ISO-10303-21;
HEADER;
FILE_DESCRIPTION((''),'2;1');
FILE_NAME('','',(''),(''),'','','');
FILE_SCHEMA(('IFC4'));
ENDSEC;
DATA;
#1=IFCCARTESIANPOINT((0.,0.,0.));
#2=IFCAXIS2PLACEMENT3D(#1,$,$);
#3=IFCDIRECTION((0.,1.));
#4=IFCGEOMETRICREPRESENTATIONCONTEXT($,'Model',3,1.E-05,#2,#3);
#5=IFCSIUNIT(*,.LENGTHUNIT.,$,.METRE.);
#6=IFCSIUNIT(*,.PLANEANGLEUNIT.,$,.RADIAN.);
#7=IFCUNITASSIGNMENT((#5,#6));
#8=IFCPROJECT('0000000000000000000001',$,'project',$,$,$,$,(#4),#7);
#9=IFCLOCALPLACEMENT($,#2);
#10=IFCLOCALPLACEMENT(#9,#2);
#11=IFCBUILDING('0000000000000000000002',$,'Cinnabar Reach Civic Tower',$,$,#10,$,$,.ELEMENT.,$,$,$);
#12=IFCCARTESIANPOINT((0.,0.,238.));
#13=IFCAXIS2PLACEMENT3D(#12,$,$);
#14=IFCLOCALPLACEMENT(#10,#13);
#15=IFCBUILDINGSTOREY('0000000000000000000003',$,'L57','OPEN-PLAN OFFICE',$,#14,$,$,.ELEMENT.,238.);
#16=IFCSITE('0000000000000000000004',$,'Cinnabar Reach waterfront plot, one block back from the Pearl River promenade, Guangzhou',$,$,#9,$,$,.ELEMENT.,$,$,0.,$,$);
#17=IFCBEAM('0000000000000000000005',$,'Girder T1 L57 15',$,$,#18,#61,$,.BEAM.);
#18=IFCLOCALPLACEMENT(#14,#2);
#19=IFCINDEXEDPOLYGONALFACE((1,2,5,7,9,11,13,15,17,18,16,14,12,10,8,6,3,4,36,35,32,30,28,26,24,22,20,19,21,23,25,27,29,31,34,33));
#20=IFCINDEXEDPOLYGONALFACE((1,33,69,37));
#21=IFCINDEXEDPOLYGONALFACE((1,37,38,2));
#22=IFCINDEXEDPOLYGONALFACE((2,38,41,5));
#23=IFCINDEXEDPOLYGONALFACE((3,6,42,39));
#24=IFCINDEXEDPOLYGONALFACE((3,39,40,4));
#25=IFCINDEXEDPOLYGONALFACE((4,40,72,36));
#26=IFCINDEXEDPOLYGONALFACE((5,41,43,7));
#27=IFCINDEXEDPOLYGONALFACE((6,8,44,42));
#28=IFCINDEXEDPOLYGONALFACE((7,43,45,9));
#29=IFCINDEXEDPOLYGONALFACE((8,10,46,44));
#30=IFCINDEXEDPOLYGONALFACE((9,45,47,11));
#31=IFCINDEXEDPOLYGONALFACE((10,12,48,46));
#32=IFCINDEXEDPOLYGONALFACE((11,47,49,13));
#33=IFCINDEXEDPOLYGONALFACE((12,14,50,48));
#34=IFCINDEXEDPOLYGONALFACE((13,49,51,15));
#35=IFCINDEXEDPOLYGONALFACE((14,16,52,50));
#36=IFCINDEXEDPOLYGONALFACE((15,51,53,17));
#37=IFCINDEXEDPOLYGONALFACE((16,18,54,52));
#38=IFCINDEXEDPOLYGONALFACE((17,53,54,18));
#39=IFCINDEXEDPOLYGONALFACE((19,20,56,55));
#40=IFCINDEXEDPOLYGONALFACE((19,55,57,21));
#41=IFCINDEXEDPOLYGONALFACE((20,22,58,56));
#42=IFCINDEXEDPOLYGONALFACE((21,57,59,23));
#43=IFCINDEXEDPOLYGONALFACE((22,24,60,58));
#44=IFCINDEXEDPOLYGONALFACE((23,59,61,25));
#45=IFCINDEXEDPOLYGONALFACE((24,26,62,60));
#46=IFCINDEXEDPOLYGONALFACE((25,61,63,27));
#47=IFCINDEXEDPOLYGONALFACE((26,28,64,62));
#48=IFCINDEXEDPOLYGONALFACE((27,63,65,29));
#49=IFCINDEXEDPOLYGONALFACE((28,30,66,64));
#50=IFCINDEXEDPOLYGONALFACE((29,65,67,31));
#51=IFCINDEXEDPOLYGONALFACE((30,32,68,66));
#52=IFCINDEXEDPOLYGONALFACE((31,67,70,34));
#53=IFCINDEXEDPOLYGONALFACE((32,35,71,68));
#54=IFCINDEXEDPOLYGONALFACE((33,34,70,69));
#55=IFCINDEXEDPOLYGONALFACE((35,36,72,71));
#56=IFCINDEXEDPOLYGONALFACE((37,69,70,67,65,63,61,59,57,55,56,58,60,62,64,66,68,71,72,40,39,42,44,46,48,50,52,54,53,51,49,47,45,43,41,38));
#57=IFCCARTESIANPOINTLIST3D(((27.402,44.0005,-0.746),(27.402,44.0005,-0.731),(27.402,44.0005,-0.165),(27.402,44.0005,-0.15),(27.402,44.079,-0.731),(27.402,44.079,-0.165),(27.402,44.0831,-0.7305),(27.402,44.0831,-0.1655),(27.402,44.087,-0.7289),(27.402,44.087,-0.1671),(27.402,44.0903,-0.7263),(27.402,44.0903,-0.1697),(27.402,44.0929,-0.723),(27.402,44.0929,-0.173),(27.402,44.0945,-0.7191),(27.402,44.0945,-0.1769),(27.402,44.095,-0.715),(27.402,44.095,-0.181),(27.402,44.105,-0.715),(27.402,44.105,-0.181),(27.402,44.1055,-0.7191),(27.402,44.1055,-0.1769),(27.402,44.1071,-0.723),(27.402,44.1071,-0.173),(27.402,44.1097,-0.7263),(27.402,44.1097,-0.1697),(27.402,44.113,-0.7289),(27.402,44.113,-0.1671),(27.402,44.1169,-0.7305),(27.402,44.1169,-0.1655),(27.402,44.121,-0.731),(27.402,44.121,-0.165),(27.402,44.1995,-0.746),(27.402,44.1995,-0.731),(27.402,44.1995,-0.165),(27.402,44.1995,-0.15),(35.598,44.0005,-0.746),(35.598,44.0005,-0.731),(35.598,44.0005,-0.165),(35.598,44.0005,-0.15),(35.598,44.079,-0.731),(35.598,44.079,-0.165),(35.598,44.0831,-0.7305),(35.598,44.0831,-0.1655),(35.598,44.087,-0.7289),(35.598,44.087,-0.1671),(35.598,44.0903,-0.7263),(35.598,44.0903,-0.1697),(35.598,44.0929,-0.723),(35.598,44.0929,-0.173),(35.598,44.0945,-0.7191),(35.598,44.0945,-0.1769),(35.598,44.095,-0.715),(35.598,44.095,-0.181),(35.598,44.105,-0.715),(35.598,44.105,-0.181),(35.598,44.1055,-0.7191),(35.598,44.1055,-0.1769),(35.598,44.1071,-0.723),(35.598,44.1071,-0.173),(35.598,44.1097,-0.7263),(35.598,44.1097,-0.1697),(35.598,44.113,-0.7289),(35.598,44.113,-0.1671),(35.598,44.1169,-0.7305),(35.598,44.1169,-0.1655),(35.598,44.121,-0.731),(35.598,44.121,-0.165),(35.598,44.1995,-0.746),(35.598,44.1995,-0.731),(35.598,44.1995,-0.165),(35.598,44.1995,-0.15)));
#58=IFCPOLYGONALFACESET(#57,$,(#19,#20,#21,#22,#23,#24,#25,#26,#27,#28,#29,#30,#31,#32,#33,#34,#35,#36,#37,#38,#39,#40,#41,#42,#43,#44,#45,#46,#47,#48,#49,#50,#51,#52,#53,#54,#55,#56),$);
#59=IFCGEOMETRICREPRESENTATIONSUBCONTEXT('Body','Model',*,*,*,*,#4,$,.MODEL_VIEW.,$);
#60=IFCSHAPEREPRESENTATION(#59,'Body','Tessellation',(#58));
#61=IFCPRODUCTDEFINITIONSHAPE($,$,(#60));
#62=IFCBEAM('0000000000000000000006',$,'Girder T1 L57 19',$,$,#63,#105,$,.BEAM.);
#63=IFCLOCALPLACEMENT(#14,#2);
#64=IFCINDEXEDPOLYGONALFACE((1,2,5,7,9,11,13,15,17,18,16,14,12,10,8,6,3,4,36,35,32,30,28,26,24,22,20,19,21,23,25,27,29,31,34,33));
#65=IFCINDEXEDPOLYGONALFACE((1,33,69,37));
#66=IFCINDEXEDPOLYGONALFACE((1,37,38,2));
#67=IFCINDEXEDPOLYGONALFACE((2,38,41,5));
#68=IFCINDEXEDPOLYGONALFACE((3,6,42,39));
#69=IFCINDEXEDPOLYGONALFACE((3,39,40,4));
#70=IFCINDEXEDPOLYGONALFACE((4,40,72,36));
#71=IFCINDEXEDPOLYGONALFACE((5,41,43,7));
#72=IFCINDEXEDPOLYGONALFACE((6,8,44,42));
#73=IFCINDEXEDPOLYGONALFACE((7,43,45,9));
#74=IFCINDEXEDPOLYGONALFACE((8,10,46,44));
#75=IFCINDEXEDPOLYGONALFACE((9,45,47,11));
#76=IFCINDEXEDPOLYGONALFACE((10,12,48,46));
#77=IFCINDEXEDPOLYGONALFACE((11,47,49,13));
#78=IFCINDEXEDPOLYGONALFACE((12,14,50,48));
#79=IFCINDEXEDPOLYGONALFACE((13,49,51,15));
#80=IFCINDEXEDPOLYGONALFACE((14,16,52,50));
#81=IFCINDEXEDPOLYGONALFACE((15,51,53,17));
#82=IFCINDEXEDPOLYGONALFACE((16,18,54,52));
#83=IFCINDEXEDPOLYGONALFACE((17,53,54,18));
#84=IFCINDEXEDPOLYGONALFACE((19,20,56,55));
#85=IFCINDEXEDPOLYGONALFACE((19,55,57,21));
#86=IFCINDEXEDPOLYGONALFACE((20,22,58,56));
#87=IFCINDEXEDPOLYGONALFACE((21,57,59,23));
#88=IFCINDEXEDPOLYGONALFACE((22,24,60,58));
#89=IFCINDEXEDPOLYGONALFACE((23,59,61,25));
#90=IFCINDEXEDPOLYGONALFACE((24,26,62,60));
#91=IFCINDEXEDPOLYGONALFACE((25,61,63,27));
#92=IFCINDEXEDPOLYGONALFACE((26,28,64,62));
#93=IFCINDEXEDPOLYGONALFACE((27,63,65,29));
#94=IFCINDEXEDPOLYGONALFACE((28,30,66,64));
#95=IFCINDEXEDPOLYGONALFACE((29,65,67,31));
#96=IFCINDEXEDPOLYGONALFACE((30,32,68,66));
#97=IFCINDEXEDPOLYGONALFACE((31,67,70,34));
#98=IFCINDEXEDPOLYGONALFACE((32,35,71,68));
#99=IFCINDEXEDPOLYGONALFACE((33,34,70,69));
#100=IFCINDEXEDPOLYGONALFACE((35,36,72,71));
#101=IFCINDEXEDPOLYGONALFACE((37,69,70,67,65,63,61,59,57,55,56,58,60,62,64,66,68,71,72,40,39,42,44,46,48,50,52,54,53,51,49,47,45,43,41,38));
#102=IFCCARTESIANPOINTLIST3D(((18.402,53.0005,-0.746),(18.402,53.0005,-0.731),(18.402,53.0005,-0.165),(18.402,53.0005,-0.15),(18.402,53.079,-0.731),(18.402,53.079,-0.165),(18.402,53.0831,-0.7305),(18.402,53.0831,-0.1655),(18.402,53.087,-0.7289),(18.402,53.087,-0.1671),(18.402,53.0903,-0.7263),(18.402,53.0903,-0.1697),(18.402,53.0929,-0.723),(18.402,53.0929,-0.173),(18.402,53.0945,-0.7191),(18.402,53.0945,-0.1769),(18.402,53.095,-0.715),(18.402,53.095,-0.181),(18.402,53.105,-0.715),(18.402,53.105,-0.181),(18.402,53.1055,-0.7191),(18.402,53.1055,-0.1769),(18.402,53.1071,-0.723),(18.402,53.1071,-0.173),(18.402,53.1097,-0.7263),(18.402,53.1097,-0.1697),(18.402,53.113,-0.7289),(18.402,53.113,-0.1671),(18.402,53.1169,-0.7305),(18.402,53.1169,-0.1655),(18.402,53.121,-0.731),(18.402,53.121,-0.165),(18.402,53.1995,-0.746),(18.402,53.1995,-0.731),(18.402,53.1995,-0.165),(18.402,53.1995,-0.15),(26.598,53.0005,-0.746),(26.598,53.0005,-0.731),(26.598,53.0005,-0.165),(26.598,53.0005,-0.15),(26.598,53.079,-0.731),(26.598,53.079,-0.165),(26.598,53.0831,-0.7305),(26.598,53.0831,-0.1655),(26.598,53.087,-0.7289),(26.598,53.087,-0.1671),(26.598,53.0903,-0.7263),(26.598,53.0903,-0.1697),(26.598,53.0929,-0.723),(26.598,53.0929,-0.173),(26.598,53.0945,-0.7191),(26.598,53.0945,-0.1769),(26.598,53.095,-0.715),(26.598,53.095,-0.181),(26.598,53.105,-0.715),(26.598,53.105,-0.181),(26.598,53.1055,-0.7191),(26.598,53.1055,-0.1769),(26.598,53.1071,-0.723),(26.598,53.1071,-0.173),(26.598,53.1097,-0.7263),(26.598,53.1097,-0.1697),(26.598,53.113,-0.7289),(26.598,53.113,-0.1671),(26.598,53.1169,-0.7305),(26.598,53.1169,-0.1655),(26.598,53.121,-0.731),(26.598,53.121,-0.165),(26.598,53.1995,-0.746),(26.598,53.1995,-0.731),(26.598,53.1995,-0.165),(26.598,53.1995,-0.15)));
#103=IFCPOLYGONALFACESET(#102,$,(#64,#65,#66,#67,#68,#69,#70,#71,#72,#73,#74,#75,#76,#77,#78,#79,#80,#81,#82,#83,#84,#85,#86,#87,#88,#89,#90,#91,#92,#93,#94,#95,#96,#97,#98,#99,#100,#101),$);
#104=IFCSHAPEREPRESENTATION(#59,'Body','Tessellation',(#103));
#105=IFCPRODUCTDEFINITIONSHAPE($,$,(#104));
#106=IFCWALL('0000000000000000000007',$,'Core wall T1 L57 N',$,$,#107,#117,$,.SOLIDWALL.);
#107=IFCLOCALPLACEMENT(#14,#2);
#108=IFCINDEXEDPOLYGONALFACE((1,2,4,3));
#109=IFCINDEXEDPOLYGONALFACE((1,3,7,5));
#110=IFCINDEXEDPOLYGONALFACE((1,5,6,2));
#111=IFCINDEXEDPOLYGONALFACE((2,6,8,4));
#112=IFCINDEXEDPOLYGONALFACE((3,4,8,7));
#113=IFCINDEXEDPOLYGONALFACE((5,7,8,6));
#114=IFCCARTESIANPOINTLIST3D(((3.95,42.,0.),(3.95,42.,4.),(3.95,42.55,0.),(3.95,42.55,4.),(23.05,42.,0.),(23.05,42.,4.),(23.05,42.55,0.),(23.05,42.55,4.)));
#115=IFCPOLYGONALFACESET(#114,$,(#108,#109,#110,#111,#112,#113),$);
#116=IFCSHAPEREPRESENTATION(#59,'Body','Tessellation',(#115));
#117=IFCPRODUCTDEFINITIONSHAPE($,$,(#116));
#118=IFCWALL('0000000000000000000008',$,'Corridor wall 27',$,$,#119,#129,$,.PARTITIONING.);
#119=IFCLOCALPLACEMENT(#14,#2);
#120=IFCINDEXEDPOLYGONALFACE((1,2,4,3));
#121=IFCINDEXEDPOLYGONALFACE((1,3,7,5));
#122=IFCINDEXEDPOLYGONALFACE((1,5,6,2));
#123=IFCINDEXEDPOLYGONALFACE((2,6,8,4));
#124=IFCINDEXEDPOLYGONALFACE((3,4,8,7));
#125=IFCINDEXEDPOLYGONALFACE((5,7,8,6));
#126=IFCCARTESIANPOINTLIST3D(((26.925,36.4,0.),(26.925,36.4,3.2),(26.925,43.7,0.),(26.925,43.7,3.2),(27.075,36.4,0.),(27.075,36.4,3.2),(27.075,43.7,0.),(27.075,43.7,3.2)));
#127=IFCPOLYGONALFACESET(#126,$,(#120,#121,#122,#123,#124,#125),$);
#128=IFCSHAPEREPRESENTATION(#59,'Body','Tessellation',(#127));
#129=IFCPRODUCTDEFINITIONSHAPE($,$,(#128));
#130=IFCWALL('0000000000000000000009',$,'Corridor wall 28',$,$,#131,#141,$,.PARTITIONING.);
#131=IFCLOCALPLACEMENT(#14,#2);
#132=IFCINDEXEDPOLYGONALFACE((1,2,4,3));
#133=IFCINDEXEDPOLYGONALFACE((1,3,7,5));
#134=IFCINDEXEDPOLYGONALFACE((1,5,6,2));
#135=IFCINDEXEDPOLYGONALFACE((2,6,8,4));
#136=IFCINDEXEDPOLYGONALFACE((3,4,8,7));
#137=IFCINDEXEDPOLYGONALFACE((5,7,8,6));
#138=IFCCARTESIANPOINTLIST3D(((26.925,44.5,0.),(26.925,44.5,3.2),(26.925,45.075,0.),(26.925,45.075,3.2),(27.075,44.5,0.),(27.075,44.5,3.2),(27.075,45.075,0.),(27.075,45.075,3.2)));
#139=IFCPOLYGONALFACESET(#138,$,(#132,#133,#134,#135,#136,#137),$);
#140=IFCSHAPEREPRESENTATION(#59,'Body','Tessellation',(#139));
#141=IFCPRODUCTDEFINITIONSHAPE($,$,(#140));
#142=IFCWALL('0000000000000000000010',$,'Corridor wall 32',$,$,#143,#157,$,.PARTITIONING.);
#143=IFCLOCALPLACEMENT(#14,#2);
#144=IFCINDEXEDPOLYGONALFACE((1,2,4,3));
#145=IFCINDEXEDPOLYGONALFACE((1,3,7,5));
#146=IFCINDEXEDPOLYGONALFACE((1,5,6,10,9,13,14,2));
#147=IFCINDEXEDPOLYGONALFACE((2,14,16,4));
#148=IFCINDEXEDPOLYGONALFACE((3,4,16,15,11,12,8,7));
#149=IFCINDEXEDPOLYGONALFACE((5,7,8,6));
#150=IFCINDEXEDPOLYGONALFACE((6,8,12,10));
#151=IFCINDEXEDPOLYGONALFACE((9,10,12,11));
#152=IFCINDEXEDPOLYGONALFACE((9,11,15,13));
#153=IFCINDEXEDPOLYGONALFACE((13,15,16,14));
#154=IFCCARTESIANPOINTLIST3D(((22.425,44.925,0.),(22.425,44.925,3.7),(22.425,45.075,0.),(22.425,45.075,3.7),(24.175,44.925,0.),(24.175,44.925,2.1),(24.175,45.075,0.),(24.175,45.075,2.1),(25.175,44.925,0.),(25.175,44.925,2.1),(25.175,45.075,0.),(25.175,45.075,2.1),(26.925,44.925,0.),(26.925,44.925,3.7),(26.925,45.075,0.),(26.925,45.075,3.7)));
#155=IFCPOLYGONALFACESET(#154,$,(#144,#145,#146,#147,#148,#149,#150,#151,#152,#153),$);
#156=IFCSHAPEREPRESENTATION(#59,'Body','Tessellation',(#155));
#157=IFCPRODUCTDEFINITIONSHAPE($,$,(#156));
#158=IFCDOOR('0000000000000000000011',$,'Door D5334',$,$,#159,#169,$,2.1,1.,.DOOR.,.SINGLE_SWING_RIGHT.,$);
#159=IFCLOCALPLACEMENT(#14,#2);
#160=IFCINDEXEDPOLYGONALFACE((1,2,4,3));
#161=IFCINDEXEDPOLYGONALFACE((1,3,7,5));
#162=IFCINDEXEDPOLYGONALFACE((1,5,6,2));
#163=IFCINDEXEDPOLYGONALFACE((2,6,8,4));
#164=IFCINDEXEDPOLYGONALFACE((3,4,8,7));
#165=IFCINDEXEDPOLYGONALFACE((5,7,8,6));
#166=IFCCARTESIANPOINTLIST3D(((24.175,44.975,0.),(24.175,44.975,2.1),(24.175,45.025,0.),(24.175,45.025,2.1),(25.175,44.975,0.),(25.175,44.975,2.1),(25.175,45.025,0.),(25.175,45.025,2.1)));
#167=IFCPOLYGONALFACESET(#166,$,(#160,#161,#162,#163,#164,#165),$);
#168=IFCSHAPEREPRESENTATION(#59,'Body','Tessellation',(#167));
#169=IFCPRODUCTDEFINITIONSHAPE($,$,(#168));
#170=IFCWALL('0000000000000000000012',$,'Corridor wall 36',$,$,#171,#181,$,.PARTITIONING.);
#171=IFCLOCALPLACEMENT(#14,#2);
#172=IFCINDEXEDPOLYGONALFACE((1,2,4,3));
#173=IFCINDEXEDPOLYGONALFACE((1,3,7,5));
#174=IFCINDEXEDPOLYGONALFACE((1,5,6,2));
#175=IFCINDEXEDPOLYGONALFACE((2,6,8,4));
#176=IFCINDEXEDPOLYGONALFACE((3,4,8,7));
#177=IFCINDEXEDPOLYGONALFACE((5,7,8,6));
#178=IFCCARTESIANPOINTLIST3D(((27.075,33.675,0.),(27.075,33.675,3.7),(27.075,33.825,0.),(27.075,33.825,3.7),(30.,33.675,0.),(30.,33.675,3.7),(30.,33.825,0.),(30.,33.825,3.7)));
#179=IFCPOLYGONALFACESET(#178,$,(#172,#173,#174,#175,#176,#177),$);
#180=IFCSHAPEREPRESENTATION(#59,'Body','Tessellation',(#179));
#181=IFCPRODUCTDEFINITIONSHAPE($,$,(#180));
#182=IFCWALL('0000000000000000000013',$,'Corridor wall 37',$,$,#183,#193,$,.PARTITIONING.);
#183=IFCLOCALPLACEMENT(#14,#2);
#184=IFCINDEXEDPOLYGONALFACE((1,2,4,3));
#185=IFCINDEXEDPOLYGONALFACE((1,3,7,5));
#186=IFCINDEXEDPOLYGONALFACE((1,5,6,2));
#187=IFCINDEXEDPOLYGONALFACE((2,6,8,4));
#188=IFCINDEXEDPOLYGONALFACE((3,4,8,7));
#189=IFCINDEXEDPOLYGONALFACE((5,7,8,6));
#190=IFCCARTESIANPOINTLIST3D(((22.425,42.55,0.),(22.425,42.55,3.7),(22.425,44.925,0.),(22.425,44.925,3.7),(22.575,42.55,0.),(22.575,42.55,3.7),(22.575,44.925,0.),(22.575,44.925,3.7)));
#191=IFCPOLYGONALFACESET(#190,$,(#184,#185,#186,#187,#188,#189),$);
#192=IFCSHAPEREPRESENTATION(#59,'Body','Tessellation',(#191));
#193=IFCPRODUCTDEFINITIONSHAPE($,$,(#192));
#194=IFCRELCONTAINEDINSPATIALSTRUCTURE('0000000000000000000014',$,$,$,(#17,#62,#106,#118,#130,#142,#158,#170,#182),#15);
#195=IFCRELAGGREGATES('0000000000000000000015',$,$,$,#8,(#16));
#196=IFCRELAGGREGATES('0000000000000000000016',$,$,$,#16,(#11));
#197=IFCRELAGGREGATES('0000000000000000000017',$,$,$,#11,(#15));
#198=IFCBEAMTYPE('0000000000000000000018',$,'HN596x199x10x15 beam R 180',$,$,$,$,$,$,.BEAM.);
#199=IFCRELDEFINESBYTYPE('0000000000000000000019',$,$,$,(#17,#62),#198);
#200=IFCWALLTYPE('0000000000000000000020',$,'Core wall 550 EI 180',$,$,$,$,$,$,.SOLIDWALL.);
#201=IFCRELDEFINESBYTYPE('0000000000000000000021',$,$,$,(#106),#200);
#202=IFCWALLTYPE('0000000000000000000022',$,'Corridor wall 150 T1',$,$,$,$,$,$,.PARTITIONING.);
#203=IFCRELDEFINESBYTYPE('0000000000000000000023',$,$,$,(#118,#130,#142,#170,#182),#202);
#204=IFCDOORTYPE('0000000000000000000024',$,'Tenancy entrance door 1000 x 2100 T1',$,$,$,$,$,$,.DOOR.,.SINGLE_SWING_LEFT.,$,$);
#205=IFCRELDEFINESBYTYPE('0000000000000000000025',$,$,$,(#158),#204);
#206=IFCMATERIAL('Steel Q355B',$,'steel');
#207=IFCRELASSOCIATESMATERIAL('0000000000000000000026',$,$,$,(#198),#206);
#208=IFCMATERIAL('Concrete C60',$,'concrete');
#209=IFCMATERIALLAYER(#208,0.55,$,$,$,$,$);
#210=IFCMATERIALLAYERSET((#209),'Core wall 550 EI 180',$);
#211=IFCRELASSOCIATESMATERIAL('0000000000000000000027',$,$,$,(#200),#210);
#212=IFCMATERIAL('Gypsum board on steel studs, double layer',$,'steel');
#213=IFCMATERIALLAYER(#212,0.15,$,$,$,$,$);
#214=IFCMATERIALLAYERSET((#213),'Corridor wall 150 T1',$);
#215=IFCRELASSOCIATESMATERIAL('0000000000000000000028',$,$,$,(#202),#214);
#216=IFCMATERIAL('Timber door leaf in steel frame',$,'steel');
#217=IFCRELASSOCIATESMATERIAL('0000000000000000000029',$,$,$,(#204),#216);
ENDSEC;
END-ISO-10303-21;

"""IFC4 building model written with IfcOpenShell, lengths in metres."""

from ifc_helpers import new_model, si_unit, direction, frame, frame_2d, origin, origin_2d, place, context, subcontext, project, spatial, rectangle, i_section, extrude, material, layer, layer_set, material_profile, profile_set, type_object, element, fill, save


model = new_model("IFC4")

# Units and contexts
model_context = context("Model", 3, precision=1e-05, world=origin(), true_north=direction((0.0, 1.0)))
body_context = subcontext(model_context, "Body", "Model", "MODEL_VIEW")
ifc_project = project(units=[si_unit("LENGTHUNIT", "METRE"), si_unit("PLANEANGLEUNIT", "RADIAN")], contexts=[model_context])

# Site, building, storey
site_placement = place(None, origin())
site = spatial("IfcSite", under=ifc_project, at=site_placement, Name="Cinnabar Reach waterfront plot, one block back from the Pearl River promenade, Guangzhou", CompositionType="ELEMENT", RefElevation=0.0)
building_placement = place(site_placement, origin())
building = spatial("IfcBuilding", under=site, at=building_placement, Name="Cinnabar Reach Civic Tower", CompositionType="ELEMENT")
storey_placement = place(building_placement, frame((0.0, 0.0, 238.0)))
storey = spatial("IfcBuildingStorey", under=building, at=storey_placement, Name="L57", Description="OPEN-PLAN OFFICE", CompositionType="ELEMENT", Elevation=238.0)

# Shared definitions
ifc_material_1 = material(Name="Concrete C60", Category="concrete")

# Beams
ifc_material_2 = material(Name="Steel Q355B", Category="steel")
ifc_material_profile_1 = material_profile(ifc_material_2, i_section(OverallWidth=0.199, OverallDepth=0.596, WebThickness=0.01, FlangeThickness=0.015, FilletRadius=0.016, at=origin_2d()), Name="HN596x199x10x15")
ifc_profile_set_1 = profile_set([ifc_material_profile_1], Name="Steel Q355B")
beam_type_1 = type_object("IfcBeamType", Name="HN596x199x10x15 beam R 180", PredefinedType="BEAM", material=ifc_profile_set_1)
for number, where, z_axis, x_axis, name in (
    (1, (27.402, 44.1, -0.448), (1.0, 0.0, 0.0), (0.0, 1.0, 0.0), "Girder T1 L57 15"),
    (2, (18.402, 53.1, -0.448), (1.0, 0.0, 0.0), (0.0, 1.0, 0.0), "Girder T1 L57 19"),
):
    element("IfcBeam", number, at=place(storey_placement, frame(where, z_axis=z_axis, x_axis=x_axis)), inside=storey, type_object=beam_type_1, Name=name, PredefinedType="BEAM", context=body_context, shape_type="SweptSolid", body=[
        extrude(i_section(OverallWidth=0.199, OverallDepth=0.596, WebThickness=0.01, FlangeThickness=0.015, FilletRadius=0.016, at=origin_2d()), origin(), (0.0, 0.0, 1.0), 8.196),
    ])

# Walls
ifc_layer_1 = layer(ifc_material_1, 0.55)
ifc_layer_set_1 = layer_set([ifc_layer_1], Name="Core wall 550 EI 180")
wall_type_1 = type_object("IfcWallType", Name="Core wall 550 EI 180", PredefinedType="SOLIDWALL", material=ifc_layer_set_1)
wall_1_placement = place(storey_placement, frame((23.05, 42.275, 0.0), z_axis=(0.0, 0.0, 1.0), x_axis=(-1.0, 0.0, 0.0)))
element("IfcWall", 3, at=wall_1_placement, inside=storey, type_object=wall_type_1, Name="Core wall T1 L57 N", PredefinedType="SOLIDWALL", context=body_context, shape_type="SweptSolid", body=[
    extrude(rectangle(XDim=19.1, YDim=0.55, at=frame_2d((9.55, 0.0))), origin(), (0.0, 0.0, 1.0), 4.0),
])
ifc_material_3 = material(Name="Gypsum board on steel studs, double layer", Category="steel")
ifc_layer_2 = layer(ifc_material_3, 0.15)
ifc_layer_set_2 = layer_set([ifc_layer_2], Name="Corridor wall 150 T1")
wall_type_2 = type_object("IfcWallType", Name="Corridor wall 150 T1", PredefinedType="PARTITIONING", material=ifc_layer_set_2)
wall_2_placement = place(storey_placement, frame((27.0, 36.4, 0.0), z_axis=(0.0, 0.0, 1.0), x_axis=(0.0, 1.0, 0.0)))
element("IfcWall", 4, at=wall_2_placement, inside=storey, type_object=wall_type_2, Name="Corridor wall 27", PredefinedType="PARTITIONING", context=body_context, shape_type="SweptSolid", body=[
    extrude(rectangle(XDim=7.3, YDim=0.15, at=frame_2d((3.65, 0.0))), origin(), (0.0, 0.0, 1.0), 3.2),
])
wall_3_placement = place(storey_placement, frame((27.0, 44.5, 0.0), z_axis=(0.0, 0.0, 1.0), x_axis=(0.0, 1.0, 0.0)))
element("IfcWall", 5, at=wall_3_placement, inside=storey, type_object=wall_type_2, Name="Corridor wall 28", PredefinedType="PARTITIONING", context=body_context, shape_type="SweptSolid", body=[
    extrude(rectangle(XDim=0.575, YDim=0.15, at=frame_2d((0.2875, 0.0))), origin(), (0.0, 0.0, 1.0), 3.2),
])

# Wall, opening, door
wall_4_placement = place(storey_placement, frame((22.425, 45.0, 0.0), z_axis=(0.0, 0.0, 1.0), x_axis=(1.0, 0.0, 0.0)))
wall_4 = element("IfcWall", 6, at=wall_4_placement, inside=storey, type_object=wall_type_2, Name="Corridor wall 32", PredefinedType="PARTITIONING", context=body_context, shape_type="SweptSolid", body=[
    extrude(rectangle(XDim=4.5, YDim=0.15, at=frame_2d((2.25, 0.0))), origin(), (0.0, 0.0, 1.0), 3.7),
])
opening_1_placement = place(wall_4_placement, frame((1.75, 0.0, 0.0)))
opening_1 = element("IfcOpeningElement", 7, at=opening_1_placement, cuts=wall_4, PredefinedType="OPENING", context=body_context, shape_type="SweptSolid", body=[
    extrude(rectangle(XDim=1.0, YDim=2.1, at=frame_2d((0.5, 1.05))), frame((0.0, 0.085, 0.0), z_axis=(0.0, -1.0, 0.0), x_axis=(1.0, 0.0, 0.0)), (0.0, 0.0, 1.0), 0.17),
])
ifc_material_4 = material(Name="Timber door leaf in steel frame", Category="steel")
door_type_1 = type_object("IfcDoorType", Name="Tenancy entrance door 1000 x 2100 T1", OperationType="SINGLE_SWING_LEFT", PredefinedType="DOOR", material=ifc_material_4)
door_1_placement = place(opening_1_placement, origin())
door_1 = element("IfcDoor", 8, at=door_1_placement, inside=storey, type_object=door_type_1, Name="Door D5334", OperationType="SINGLE_SWING_RIGHT", OverallHeight=2.1, OverallWidth=1.0, PredefinedType="DOOR", context=body_context, shape_type="SweptSolid", body=[
    extrude(rectangle(XDim=1.0, YDim=2.1, at=frame_2d((0.5, 1.05))), frame((0.0, 0.025, 0.0), z_axis=(0.0, -1.0, 0.0), x_axis=(1.0, 0.0, 0.0)), (0.0, 0.0, 1.0), 0.05),
])
fill(opening_1, door_1)

# Walls
wall_5_placement = place(storey_placement, frame((27.075, 33.75, 0.0), z_axis=(0.0, 0.0, 1.0), x_axis=(1.0, 0.0, 0.0)))
element("IfcWall", 9, at=wall_5_placement, inside=storey, type_object=wall_type_2, Name="Corridor wall 36", PredefinedType="PARTITIONING", context=body_context, shape_type="SweptSolid", body=[
    extrude(rectangle(XDim=2.925, YDim=0.15, at=frame_2d((1.4625, 0.0))), origin(), (0.0, 0.0, 1.0), 3.7),
])
wall_6_placement = place(storey_placement, frame((22.5, 42.55, 0.0), z_axis=(0.0, 0.0, 1.0), x_axis=(0.0, 1.0, 0.0)))
element("IfcWall", 10, at=wall_6_placement, inside=storey, type_object=wall_type_2, Name="Corridor wall 37", PredefinedType="PARTITIONING", context=body_context, shape_type="SweptSolid", body=[
    extrude(rectangle(XDim=2.375, YDim=0.15, at=frame_2d((1.1875, 0.0))), origin(), (0.0, 0.0, 1.0), 3.7),
])

save(model, "model.ifc")
